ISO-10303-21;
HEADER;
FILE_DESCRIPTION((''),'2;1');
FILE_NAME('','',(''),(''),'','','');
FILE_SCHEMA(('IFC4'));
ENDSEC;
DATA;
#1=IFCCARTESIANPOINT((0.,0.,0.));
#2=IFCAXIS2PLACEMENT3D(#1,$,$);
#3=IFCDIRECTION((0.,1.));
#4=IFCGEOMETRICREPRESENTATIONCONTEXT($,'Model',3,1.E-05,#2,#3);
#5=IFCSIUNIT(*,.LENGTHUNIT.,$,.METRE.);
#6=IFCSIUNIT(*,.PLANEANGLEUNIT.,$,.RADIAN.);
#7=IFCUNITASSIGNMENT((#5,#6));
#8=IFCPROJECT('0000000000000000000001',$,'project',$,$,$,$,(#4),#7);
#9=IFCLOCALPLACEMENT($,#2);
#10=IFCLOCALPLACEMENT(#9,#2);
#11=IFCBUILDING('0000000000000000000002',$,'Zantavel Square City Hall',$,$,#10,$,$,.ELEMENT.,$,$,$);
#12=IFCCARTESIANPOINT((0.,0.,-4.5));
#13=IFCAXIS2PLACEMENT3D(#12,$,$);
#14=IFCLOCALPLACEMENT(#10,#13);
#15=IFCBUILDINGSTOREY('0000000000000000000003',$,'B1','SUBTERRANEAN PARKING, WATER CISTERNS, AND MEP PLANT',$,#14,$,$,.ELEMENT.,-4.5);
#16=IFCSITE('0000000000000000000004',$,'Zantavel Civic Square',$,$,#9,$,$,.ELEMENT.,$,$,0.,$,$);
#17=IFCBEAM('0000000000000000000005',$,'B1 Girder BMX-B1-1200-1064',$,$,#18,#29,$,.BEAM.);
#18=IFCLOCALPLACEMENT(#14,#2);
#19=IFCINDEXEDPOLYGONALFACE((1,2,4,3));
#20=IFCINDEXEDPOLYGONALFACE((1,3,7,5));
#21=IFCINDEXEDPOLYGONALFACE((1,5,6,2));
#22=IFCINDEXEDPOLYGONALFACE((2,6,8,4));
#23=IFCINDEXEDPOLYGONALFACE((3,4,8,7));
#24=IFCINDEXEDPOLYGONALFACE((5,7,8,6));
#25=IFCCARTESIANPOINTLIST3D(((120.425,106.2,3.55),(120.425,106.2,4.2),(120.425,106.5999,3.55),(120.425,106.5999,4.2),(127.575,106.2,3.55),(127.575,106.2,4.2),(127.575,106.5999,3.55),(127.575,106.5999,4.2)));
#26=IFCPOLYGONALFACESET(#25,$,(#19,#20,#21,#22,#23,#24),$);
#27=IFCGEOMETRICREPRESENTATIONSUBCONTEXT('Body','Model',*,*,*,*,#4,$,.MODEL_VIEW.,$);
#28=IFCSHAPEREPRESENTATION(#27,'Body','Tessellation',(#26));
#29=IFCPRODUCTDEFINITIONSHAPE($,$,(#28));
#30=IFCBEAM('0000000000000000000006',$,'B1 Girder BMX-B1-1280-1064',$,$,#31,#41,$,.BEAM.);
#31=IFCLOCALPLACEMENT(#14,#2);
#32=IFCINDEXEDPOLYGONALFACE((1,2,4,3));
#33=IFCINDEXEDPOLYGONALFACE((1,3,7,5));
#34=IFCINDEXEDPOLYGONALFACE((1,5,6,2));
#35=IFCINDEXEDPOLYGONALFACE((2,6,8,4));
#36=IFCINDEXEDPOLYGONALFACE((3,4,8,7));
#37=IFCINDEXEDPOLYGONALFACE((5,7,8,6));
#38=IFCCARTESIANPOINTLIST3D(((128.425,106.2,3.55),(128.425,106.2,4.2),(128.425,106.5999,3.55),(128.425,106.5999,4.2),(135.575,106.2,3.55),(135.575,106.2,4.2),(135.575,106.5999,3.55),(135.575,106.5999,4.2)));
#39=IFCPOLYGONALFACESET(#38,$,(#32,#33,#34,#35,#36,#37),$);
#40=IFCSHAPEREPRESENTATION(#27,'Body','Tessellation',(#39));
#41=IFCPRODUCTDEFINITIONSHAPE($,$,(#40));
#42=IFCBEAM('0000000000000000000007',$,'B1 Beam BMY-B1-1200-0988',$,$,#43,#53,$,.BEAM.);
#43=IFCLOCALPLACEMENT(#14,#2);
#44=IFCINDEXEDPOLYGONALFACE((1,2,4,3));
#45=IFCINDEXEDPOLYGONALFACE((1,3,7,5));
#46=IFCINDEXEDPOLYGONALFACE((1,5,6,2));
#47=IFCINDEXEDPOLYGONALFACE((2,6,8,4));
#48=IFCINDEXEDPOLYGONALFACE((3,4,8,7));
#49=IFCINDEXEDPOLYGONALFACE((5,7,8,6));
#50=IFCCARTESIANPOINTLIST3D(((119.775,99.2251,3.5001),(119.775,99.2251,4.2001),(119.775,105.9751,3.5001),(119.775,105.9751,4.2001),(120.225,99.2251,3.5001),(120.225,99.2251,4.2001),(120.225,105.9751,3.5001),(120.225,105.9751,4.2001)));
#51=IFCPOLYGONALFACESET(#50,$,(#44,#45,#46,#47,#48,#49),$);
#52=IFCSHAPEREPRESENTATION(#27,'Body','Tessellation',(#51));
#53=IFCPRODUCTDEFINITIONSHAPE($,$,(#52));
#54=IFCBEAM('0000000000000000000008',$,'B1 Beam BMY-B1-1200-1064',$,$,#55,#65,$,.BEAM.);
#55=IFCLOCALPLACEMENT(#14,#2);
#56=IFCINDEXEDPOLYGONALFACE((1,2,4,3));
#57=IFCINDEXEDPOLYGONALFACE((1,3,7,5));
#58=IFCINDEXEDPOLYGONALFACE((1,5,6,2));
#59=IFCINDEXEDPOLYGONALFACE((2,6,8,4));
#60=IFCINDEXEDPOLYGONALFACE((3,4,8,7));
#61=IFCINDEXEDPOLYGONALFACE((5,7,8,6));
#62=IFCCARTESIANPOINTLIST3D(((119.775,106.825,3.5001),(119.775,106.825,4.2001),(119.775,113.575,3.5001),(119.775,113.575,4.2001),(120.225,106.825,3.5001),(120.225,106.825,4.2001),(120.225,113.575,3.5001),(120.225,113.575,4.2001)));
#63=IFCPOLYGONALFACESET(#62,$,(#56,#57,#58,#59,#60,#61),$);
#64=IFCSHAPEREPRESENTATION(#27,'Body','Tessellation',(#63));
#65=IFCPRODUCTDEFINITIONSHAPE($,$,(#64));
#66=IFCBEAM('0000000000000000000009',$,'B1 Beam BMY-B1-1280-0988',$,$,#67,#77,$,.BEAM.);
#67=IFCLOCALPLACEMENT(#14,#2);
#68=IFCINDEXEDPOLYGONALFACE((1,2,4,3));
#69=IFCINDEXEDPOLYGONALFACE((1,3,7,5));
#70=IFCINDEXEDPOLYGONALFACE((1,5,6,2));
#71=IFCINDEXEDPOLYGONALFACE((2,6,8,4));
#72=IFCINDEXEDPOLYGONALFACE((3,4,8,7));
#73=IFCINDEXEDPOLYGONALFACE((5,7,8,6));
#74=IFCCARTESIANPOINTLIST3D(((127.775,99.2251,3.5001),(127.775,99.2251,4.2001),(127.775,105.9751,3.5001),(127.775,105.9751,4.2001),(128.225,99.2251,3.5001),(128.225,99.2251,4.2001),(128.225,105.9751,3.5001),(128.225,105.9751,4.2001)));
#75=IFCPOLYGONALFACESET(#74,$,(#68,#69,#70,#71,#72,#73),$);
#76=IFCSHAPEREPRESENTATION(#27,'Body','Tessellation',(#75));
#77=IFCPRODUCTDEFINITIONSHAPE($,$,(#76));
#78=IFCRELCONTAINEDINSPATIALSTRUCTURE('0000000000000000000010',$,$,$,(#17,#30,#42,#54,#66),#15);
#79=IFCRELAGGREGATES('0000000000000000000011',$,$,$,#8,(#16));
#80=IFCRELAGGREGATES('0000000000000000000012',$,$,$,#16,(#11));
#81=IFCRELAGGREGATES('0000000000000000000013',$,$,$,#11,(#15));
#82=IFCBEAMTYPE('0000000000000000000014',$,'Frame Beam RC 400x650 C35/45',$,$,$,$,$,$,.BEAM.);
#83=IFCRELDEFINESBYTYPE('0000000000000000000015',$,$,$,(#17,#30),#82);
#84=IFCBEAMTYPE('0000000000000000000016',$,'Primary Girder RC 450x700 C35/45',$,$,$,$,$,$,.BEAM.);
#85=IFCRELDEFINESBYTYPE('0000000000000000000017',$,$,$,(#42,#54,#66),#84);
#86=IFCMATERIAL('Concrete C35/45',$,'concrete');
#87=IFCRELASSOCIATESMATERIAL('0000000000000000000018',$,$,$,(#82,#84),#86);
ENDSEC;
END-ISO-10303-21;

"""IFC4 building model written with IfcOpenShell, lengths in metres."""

from ifc_helpers import new_model, si_unit, direction, frame, origin, origin_2d, place, context, subcontext, project, spatial, rectangle, extrude, material, material_profile, profile_set, type_object, element, save


model = new_model("IFC4")

# Units and contexts
model_context = context("Model", 3, precision=1e-05, world=origin(), true_north=direction((0.0, 1.0)))
body_context = subcontext(model_context, "Body", "Model", "MODEL_VIEW")
ifc_project = project(units=[si_unit("LENGTHUNIT", "METRE"), si_unit("PLANEANGLEUNIT", "RADIAN")], contexts=[model_context])

# Site, building, storey
site_placement = place(None, origin())
site = spatial("IfcSite", under=ifc_project, at=site_placement, Name="Zantavel Civic Square", CompositionType="ELEMENT", RefElevation=0.0)
building_placement = place(site_placement, origin())
building = spatial("IfcBuilding", under=site, at=building_placement, Name="Zantavel Square City Hall", CompositionType="ELEMENT")
storey_placement = place(building_placement, frame((0.0, 0.0, -4.5)))
storey = spatial("IfcBuildingStorey", under=building, at=storey_placement, Name="B1", Description="SUBTERRANEAN PARKING, WATER CISTERNS, AND MEP PLANT", CompositionType="ELEMENT", Elevation=-4.5)

# Shared definitions
ifc_material_1 = material(Name="Concrete C35/45", Category="concrete")

# Beams
ifc_material_profile_1 = material_profile(ifc_material_1, rectangle(XDim=0.3999, YDim=0.6499, at=origin_2d()), Name="RC 400x650")
ifc_profile_set_1 = profile_set([ifc_material_profile_1], Name="Concrete C35/45")
beam_type_1 = type_object("IfcBeamType", Name="Frame Beam RC 400x650 C35/45", PredefinedType="BEAM", material=ifc_profile_set_1)
for number, where, z_axis, x_axis, name in (
    (1, (120.425, 106.3999, 3.875), (1.0, 0.0, 0.0), (0.0, 1.0, 0.0), "B1 Girder BMX-B1-1200-1064"),
    (2, (128.425, 106.3999, 3.875), (1.0, 0.0, 0.0), (0.0, 1.0, 0.0), "B1 Girder BMX-B1-1280-1064"),
):
    element("IfcBeam", number, at=place(storey_placement, frame(where, z_axis=z_axis, x_axis=x_axis)), inside=storey, type_object=beam_type_1, Name=name, PredefinedType="BEAM", context=body_context, shape_type="SweptSolid", body=[
        extrude(rectangle(XDim=0.3999, YDim=0.6499, at=origin_2d()), origin(), (0.0, 0.0, 1.0), 7.1499),
    ])
ifc_material_profile_2 = material_profile(ifc_material_1, rectangle(XDim=0.45, YDim=0.7, at=origin_2d()), Name="RC 450x700")
ifc_profile_set_2 = profile_set([ifc_material_profile_2], Name="Concrete C35/45")
beam_type_2 = type_object("IfcBeamType", Name="Primary Girder RC 450x700 C35/45", PredefinedType="BEAM", material=ifc_profile_set_2)
for number, where, z_axis, x_axis, name in (
    (3, (120.0, 99.2251, 3.8501), (0.0, 1.0, 0.0), (-1.0, 0.0, 0.0), "B1 Beam BMY-B1-1200-0988"),
    (4, (120.0, 106.825, 3.8501), (0.0, 1.0, 0.0), (-1.0, 0.0, 0.0), "B1 Beam BMY-B1-1200-1064"),
    (5, (128.0, 99.2251, 3.8501), (0.0, 1.0, 0.0), (-1.0, 0.0, 0.0), "B1 Beam BMY-B1-1280-0988"),
):
    element("IfcBeam", number, at=place(storey_placement, frame(where, z_axis=z_axis, x_axis=x_axis)), inside=storey, type_object=beam_type_2, Name=name, PredefinedType="BEAM", context=body_context, shape_type="SweptSolid", body=[
        extrude(rectangle(XDim=0.45, YDim=0.7, at=origin_2d()), origin(), (0.0, 0.0, 1.0), 6.75),
    ])

save(model, "model.ifc")
